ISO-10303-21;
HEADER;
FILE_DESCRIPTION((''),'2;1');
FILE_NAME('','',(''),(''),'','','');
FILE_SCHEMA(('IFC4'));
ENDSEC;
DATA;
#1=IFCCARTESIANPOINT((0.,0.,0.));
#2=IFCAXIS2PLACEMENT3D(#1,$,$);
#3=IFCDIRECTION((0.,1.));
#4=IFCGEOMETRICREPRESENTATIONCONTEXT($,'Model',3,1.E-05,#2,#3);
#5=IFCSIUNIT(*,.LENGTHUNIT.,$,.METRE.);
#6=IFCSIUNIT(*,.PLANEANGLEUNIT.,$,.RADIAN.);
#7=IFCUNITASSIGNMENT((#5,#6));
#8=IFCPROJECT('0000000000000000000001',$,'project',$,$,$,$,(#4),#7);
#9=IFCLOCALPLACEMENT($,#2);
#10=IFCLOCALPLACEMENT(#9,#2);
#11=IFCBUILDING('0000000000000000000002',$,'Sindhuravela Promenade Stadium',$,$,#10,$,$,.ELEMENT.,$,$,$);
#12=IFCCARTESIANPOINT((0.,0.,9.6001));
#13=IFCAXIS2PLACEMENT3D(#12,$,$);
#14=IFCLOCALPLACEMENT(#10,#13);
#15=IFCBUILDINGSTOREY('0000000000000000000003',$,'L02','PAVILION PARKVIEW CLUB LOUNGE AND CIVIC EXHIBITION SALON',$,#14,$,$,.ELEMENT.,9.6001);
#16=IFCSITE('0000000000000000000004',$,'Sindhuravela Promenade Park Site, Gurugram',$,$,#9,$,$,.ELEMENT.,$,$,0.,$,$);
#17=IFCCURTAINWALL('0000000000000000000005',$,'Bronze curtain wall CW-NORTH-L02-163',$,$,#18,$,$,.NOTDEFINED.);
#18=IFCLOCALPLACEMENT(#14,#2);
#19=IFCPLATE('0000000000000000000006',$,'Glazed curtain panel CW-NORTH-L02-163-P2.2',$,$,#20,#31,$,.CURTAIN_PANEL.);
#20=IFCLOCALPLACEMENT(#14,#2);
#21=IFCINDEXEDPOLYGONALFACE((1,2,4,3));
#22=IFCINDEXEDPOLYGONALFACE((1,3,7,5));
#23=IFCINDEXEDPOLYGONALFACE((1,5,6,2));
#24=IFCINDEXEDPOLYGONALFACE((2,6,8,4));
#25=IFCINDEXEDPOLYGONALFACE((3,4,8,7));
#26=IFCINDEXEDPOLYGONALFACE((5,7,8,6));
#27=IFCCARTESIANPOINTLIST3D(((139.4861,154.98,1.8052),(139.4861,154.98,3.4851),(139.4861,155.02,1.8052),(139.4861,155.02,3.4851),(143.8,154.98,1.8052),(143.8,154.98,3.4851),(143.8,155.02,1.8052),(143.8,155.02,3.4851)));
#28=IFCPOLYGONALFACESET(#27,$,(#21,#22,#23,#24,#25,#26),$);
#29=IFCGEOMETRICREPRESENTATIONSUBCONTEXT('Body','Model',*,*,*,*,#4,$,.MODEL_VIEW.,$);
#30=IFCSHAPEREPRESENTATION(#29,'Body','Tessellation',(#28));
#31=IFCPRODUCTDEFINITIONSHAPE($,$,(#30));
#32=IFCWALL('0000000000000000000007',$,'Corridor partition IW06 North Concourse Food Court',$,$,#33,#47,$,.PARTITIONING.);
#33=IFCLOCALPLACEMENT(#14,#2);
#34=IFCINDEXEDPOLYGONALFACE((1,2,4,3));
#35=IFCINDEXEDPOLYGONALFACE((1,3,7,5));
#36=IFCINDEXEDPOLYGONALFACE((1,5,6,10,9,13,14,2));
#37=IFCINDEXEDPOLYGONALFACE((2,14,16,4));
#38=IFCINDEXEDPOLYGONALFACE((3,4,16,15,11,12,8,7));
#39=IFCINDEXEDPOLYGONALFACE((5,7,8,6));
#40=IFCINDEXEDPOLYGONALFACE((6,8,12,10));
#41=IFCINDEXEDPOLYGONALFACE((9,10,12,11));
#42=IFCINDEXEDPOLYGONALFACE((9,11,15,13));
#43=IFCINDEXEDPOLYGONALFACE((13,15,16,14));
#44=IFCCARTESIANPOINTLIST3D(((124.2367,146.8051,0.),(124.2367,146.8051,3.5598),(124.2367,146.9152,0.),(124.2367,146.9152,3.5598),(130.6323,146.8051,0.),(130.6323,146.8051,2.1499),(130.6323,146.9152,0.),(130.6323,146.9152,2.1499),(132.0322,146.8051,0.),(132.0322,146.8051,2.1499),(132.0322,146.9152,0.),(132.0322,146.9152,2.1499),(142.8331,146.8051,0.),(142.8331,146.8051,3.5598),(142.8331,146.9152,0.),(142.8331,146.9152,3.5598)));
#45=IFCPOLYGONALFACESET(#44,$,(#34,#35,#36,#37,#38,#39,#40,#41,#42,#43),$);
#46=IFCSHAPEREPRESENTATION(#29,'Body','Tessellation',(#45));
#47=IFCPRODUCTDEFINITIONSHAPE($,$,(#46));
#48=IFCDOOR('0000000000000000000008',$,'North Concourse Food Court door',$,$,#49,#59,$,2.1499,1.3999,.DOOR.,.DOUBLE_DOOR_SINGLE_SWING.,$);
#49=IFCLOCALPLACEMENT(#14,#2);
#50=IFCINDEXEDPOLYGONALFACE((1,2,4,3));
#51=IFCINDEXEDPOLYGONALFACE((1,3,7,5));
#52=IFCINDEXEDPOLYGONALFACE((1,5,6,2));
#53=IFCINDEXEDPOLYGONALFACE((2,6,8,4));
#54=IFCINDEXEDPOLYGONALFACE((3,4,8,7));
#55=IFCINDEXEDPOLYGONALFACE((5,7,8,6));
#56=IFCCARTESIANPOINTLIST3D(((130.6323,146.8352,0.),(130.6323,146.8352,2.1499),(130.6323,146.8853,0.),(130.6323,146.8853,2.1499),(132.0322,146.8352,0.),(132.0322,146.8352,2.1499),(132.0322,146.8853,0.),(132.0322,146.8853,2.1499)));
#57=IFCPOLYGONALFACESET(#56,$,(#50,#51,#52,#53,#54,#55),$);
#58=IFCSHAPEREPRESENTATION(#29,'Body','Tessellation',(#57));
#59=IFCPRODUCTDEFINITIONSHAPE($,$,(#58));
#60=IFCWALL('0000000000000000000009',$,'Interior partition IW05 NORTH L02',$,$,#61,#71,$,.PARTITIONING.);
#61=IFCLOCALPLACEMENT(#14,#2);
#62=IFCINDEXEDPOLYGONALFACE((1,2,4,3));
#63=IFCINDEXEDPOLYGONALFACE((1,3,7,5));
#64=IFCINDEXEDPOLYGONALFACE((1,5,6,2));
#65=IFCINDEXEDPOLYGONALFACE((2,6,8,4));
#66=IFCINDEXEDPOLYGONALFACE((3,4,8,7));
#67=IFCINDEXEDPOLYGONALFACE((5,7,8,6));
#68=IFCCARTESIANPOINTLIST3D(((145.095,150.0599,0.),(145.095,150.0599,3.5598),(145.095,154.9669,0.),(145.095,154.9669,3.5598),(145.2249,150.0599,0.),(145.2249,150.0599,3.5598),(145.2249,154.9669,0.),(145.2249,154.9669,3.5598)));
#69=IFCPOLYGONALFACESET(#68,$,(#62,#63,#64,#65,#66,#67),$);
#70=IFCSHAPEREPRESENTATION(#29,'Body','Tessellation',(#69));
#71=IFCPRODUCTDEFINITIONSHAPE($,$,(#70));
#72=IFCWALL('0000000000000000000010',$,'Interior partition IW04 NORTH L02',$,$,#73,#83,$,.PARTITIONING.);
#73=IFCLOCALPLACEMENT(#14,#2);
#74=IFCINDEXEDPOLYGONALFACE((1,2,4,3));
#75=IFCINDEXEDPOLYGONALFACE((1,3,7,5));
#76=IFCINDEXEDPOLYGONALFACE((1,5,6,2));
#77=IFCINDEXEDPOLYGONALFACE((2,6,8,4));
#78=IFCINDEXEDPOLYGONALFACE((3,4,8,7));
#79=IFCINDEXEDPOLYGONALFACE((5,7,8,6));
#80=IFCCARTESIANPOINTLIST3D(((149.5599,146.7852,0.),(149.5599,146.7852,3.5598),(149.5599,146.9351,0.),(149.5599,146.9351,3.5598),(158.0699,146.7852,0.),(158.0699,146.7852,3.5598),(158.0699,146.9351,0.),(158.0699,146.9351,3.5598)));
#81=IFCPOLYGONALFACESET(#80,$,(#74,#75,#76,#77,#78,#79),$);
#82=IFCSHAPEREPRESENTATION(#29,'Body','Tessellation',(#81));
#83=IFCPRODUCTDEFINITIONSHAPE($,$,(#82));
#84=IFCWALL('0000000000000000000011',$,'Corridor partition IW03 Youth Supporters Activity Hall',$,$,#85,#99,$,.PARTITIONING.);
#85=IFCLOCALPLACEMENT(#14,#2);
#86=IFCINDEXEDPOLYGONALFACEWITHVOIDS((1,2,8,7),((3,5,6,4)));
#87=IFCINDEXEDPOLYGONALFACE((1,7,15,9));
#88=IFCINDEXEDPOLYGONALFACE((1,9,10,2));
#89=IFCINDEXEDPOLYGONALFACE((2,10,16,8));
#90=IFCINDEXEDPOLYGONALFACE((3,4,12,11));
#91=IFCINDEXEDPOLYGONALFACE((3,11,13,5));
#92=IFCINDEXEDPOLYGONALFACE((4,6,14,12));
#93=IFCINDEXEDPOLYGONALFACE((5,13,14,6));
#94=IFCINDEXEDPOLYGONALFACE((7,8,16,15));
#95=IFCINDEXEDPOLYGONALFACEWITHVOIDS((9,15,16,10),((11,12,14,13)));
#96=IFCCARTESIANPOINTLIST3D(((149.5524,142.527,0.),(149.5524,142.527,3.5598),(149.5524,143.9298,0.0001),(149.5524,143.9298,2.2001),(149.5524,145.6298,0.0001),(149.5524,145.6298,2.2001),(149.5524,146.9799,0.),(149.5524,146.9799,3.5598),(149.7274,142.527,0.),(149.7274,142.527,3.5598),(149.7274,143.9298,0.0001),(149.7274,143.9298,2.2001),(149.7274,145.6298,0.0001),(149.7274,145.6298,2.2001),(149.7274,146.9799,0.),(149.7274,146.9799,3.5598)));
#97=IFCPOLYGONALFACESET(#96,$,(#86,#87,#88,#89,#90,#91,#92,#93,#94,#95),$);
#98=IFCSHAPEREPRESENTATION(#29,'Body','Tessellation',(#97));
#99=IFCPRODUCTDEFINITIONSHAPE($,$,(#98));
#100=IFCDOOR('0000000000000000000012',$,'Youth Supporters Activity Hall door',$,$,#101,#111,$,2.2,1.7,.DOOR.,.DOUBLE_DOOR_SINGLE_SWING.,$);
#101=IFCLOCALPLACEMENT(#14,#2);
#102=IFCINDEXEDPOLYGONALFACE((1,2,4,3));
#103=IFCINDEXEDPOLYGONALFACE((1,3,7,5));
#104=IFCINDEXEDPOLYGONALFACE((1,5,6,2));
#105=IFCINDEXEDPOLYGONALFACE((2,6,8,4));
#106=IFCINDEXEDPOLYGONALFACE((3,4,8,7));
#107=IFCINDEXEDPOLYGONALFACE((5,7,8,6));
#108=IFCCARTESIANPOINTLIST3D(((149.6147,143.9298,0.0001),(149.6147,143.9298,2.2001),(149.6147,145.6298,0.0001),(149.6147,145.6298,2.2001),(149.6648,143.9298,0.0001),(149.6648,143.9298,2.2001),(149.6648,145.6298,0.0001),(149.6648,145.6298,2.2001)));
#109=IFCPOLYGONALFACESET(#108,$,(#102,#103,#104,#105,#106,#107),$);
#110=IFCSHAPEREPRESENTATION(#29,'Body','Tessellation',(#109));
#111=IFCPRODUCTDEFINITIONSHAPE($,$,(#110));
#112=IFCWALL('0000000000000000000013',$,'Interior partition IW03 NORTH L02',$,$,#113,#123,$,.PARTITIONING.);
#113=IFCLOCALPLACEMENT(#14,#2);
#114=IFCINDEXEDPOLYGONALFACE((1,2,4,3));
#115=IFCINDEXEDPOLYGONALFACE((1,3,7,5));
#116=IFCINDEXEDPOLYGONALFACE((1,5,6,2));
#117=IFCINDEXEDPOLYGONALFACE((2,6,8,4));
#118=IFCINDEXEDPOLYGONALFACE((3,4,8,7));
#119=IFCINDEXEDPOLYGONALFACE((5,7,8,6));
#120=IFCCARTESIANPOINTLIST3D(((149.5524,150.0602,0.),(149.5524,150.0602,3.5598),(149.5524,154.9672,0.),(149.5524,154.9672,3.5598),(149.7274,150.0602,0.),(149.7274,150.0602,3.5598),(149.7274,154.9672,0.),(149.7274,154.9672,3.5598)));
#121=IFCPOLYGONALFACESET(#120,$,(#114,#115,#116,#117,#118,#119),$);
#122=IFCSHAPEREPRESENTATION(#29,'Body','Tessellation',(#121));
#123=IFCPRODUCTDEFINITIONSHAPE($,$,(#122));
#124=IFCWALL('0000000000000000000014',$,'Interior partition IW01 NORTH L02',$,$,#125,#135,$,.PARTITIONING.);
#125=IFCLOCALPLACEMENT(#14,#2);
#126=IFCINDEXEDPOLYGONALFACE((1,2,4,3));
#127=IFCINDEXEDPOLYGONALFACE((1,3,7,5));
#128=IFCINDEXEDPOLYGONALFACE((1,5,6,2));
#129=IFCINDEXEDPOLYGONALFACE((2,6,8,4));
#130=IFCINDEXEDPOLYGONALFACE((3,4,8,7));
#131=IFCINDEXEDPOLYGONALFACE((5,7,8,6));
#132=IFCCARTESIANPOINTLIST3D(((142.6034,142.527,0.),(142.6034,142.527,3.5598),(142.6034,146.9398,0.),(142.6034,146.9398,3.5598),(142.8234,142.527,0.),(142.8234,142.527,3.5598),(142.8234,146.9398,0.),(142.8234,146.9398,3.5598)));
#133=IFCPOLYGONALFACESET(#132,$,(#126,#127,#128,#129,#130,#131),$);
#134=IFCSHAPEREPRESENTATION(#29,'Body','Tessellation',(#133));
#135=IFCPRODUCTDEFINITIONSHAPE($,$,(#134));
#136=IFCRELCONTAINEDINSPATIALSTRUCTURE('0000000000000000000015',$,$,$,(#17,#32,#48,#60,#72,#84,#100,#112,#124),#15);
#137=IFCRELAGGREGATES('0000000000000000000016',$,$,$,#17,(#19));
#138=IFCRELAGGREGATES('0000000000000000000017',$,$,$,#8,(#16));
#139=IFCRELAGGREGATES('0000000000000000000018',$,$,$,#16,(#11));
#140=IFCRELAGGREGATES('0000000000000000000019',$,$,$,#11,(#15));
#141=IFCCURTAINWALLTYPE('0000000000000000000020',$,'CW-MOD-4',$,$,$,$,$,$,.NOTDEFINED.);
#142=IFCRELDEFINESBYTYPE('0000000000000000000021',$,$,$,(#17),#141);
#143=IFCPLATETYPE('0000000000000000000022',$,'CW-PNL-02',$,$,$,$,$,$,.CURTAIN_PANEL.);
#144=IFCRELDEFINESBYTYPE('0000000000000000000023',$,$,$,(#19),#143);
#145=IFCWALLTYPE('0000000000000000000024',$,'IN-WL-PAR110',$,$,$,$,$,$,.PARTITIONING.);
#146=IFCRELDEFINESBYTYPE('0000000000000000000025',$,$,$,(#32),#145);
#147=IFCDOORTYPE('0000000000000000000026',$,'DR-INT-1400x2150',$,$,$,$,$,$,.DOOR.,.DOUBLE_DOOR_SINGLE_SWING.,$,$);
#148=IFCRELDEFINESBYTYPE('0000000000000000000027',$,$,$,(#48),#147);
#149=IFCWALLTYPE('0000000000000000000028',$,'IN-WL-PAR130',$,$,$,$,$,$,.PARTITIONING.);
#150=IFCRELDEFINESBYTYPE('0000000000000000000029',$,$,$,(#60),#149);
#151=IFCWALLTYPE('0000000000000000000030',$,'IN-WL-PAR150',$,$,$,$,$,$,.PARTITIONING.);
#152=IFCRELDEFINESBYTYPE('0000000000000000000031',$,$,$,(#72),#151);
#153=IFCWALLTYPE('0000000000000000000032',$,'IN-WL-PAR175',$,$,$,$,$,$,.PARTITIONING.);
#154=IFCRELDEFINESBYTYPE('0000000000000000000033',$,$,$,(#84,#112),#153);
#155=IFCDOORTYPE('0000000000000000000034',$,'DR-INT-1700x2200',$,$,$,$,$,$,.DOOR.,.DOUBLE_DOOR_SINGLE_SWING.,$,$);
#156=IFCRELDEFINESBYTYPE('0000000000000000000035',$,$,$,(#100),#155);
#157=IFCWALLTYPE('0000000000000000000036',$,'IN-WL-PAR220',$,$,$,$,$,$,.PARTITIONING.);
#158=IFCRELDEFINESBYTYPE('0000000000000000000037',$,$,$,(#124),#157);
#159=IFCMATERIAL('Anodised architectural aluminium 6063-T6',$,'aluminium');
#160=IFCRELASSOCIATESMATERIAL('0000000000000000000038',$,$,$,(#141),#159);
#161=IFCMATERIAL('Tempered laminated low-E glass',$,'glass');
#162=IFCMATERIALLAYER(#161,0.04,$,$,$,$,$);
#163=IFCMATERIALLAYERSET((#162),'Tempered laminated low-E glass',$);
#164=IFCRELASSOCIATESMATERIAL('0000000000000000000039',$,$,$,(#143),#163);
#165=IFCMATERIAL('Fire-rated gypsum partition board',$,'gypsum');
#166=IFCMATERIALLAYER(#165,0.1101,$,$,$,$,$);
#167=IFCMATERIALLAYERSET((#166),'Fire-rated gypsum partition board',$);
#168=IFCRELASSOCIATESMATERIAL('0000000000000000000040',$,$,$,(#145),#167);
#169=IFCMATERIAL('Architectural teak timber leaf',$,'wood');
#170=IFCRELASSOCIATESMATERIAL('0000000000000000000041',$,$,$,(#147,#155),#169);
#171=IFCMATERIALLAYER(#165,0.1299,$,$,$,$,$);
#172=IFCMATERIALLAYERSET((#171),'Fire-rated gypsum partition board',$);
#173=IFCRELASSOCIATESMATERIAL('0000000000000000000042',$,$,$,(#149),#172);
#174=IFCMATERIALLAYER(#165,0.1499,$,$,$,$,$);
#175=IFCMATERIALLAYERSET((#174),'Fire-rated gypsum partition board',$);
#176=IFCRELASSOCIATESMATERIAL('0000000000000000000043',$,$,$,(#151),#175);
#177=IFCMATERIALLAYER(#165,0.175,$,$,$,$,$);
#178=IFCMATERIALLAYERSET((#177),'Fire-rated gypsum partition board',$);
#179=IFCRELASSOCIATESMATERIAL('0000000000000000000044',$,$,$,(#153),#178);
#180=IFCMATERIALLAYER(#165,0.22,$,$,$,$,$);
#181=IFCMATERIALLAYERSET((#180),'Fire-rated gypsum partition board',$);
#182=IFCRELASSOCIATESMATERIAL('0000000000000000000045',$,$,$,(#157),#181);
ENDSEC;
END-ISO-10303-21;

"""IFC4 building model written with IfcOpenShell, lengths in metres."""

from ifc_helpers import new_model, si_unit, direction, frame, frame_2d, origin, origin_2d, place, context, subcontext, project, spatial, rectangle, extrude, material, layer, layer_set, type_object, element, fill, aggregate, save


model = new_model("IFC4")

# Units and contexts
model_context = context("Model", 3, precision=1e-05, world=origin(), true_north=direction((0.0, 1.0)))
body_context = subcontext(model_context, "Body", "Model", "MODEL_VIEW")
ifc_project = project(units=[si_unit("LENGTHUNIT", "METRE"), si_unit("PLANEANGLEUNIT", "RADIAN")], contexts=[model_context])

# Site, building, storey
site_placement = place(None, origin())
site = spatial("IfcSite", under=ifc_project, at=site_placement, Name="Sindhuravela Promenade Park Site, Gurugram", CompositionType="ELEMENT", RefElevation=0.0)
building_placement = place(site_placement, origin())
building = spatial("IfcBuilding", under=site, at=building_placement, Name="Sindhuravela Promenade Stadium", CompositionType="ELEMENT")
storey_placement = place(building_placement, frame((0.0, 0.0, 9.6001)))
storey = spatial("IfcBuildingStorey", under=building, at=storey_placement, Name="L02", Description="PAVILION PARKVIEW CLUB LOUNGE AND CIVIC EXHIBITION SALON", CompositionType="ELEMENT", Elevation=9.6001)

# Curtain wall
ifc_material_1 = material(Name="Anodised architectural aluminium 6063-T6", Category="aluminium")
curtain_wall_type_1 = type_object("IfcCurtainWallType", Name="CW-MOD-4", PredefinedType="NOTDEFINED", material=ifc_material_1)
curtain_wall_1_placement = place(storey_placement, origin())
curtain_wall_1 = element("IfcCurtainWall", 1, at=curtain_wall_1_placement, inside=storey, type_object=curtain_wall_type_1, Name="Bronze curtain wall CW-NORTH-L02-163", PredefinedType="NOTDEFINED")

# Plate
ifc_material_2 = material(Name="Tempered laminated low-E glass", Category="glass")
ifc_layer_1 = layer(ifc_material_2, 0.04)
ifc_layer_set_1 = layer_set([ifc_layer_1], Name="Tempered laminated low-E glass")
plate_type_1 = type_object("IfcPlateType", Name="CW-PNL-02", PredefinedType="CURTAIN_PANEL", material=ifc_layer_set_1)
plate_1_placement = place(storey_placement, frame((141.6431, 155.0, 1.8052), z_axis=(0.0, 0.0, 1.0), x_axis=(1.0, 0.0, 0.0)))
plate_1 = element("IfcPlate", 2, at=plate_1_placement, type_object=plate_type_1, Name="Glazed curtain panel CW-NORTH-L02-163-P2.2", PredefinedType="CURTAIN_PANEL", context=body_context, shape_type="SweptSolid", body=[
    extrude(rectangle(XDim=4.314, YDim=0.04, at=origin_2d()), origin(), (0.0, 0.0, 1.0), 1.6799),
])
aggregate(curtain_wall_1, [plate_1])

# Wall, opening, door
ifc_material_3 = material(Name="Fire-rated gypsum partition board", Category="gypsum")
ifc_layer_2 = layer(ifc_material_3, 0.1101)
ifc_layer_set_2 = layer_set([ifc_layer_2], Name="Fire-rated gypsum partition board")
wall_type_1 = type_object("IfcWallType", Name="IN-WL-PAR110", PredefinedType="PARTITIONING", material=ifc_layer_set_2)
wall_1_placement = place(storey_placement, frame((142.8333, 146.8601, 0.0), z_axis=(0.0, 0.0, 1.0), x_axis=(-1.0, 0.0, 0.0)))
wall_1 = element("IfcWall", 3, at=wall_1_placement, inside=storey, type_object=wall_type_1, Name="Corridor partition IW06 North Concourse Food Court", PredefinedType="PARTITIONING", context=body_context, shape_type="SweptSolid", body=[
    extrude(rectangle(XDim=18.5964, YDim=0.1101, at=frame_2d((9.2983, 0.0))), origin(), (0.0, 0.0, 1.0), 3.5598),
])
opening_1_placement = place(wall_1_placement, frame((10.801, 0.0, 0.0)))
opening_1 = element("IfcOpeningElement", 4, at=opening_1_placement, cuts=wall_1, PredefinedType="OPENING", context=body_context, shape_type="SweptSolid", body=[
    extrude(rectangle(XDim=1.3999, YDim=2.1499, at=frame_2d((0.7, 1.075))), frame((0.0, 0.0649, 0.0), z_axis=(0.0, -1.0, 0.0), x_axis=(1.0, 0.0, 0.0)), (0.0, 0.0, 1.0), 0.1301),
])
ifc_material_4 = material(Name="Architectural teak timber leaf", Category="wood")
door_type_1 = type_object("IfcDoorType", Name="DR-INT-1400x2150", OperationType="DOUBLE_DOOR_SINGLE_SWING", PredefinedType="DOOR", material=ifc_material_4)
door_1_placement = place(opening_1_placement, origin())
door_1 = element("IfcDoor", 5, at=door_1_placement, inside=storey, type_object=door_type_1, Name="North Concourse Food Court door", OperationType="DOUBLE_DOOR_SINGLE_SWING", OverallHeight=2.1499, OverallWidth=1.3999, PredefinedType="DOOR", context=body_context, shape_type="SweptSolid", body=[
    extrude(rectangle(XDim=1.3999, YDim=2.1499, at=frame_2d((0.7, 1.075))), frame((0.0, 0.0249, 0.0), z_axis=(0.0, -1.0, 0.0), x_axis=(1.0, 0.0, 0.0)), (0.0, 0.0, 1.0), 0.05),
])
fill(opening_1, door_1)

# Walls
ifc_layer_3 = layer(ifc_material_3, 0.1299)
ifc_layer_set_3 = layer_set([ifc_layer_3], Name="Fire-rated gypsum partition board")
wall_type_2 = type_object("IfcWallType", Name="IN-WL-PAR130", PredefinedType="PARTITIONING", material=ifc_layer_set_3)
wall_2_placement = place(storey_placement, frame((145.1599, 154.967, 0.0), z_axis=(0.0, 0.0, 1.0), x_axis=(0.0, -1.0, 0.0)))
element("IfcWall", 6, at=wall_2_placement, inside=storey, type_object=wall_type_2, Name="Interior partition IW05 NORTH L02", PredefinedType="PARTITIONING", context=body_context, shape_type="SweptSolid", body=[
    extrude(rectangle(XDim=4.907, YDim=0.1299, at=frame_2d((2.4536, 0.0))), origin(), (0.0, 0.0, 1.0), 3.5598),
])
ifc_layer_4 = layer(ifc_material_3, 0.1499)
ifc_layer_set_4 = layer_set([ifc_layer_4], Name="Fire-rated gypsum partition board")
wall_type_3 = type_object("IfcWallType", Name="IN-WL-PAR150", PredefinedType="PARTITIONING", material=ifc_layer_set_4)
wall_3_placement = place(storey_placement, frame((149.5601, 146.8601, 0.0), z_axis=(0.0, 0.0, 1.0), x_axis=(1.0, 0.0, 0.0)))
element("IfcWall", 7, at=wall_3_placement, inside=storey, type_object=wall_type_3, Name="Interior partition IW04 NORTH L02", PredefinedType="PARTITIONING", context=body_context, shape_type="SweptSolid", body=[
    extrude(rectangle(XDim=8.51, YDim=0.1499, at=frame_2d((4.2549, 0.0))), origin(), (0.0, 0.0, 1.0), 3.5598),
])

# Wall, opening, door
ifc_layer_5 = layer(ifc_material_3, 0.175)
ifc_layer_set_5 = layer_set([ifc_layer_5], Name="Fire-rated gypsum partition board")
wall_type_4 = type_object("IfcWallType", Name="IN-WL-PAR175", PredefinedType="PARTITIONING", material=ifc_layer_set_5)
wall_4_placement = place(storey_placement, frame((149.6399, 146.98, 0.0), z_axis=(0.0, 0.0, 1.0), x_axis=(0.0, -1.0, 0.0)))
wall_4 = element("IfcWall", 8, at=wall_4_placement, inside=storey, type_object=wall_type_4, Name="Corridor partition IW03 Youth Supporters Activity Hall", PredefinedType="PARTITIONING", context=body_context, shape_type="SweptSolid", body=[
    extrude(rectangle(XDim=4.4529, YDim=0.175, at=frame_2d((2.2266, 0.0))), origin(), (0.0, 0.0, 1.0), 3.5598),
])
opening_2_placement = place(wall_4_placement, frame((1.3501, 0.0, 0.0)))
opening_2 = element("IfcOpeningElement", 9, at=opening_2_placement, cuts=wall_4, PredefinedType="OPENING", context=body_context, shape_type="SweptSolid", body=[
    extrude(rectangle(XDim=1.7, YDim=2.2, at=frame_2d((0.8501, 1.1001))), frame((0.0, 0.0974, 0.0), z_axis=(0.0, -1.0, 0.0), x_axis=(1.0, 0.0, 0.0)), (0.0, 0.0, 1.0), 0.1951),
])
door_type_2 = type_object("IfcDoorType", Name="DR-INT-1700x2200", OperationType="DOUBLE_DOOR_SINGLE_SWING", PredefinedType="DOOR", material=ifc_material_4)
door_2_placement = place(opening_2_placement, origin())
door_2 = element("IfcDoor", 10, at=door_2_placement, inside=storey, type_object=door_type_2, Name="Youth Supporters Activity Hall door", OperationType="DOUBLE_DOOR_SINGLE_SWING", OverallHeight=2.2, OverallWidth=1.7, PredefinedType="DOOR", context=body_context, shape_type="SweptSolid", body=[
    extrude(rectangle(XDim=1.7, YDim=2.2, at=frame_2d((0.8501, 1.1001))), frame((0.0, 0.0249, 0.0), z_axis=(0.0, -1.0, 0.0), x_axis=(1.0, 0.0, 0.0)), (0.0, 0.0, 1.0), 0.05),
])
fill(opening_2, door_2)

# Walls
wall_5_placement = place(storey_placement, frame((149.6399, 150.0601, 0.0), z_axis=(0.0, 0.0, 1.0), x_axis=(0.0, 1.0, 0.0)))
element("IfcWall", 11, at=wall_5_placement, inside=storey, type_object=wall_type_4, Name="Interior partition IW03 NORTH L02", PredefinedType="PARTITIONING", context=body_context, shape_type="SweptSolid", body=[
    extrude(rectangle(XDim=4.907, YDim=0.175, at=frame_2d((2.4536, 0.0))), origin(), (0.0, 0.0, 1.0), 3.5598),
])
ifc_layer_6 = layer(ifc_material_3, 0.22)
ifc_layer_set_6 = layer_set([ifc_layer_6], Name="Fire-rated gypsum partition board")
wall_type_5 = type_object("IfcWallType", Name="IN-WL-PAR220", PredefinedType="PARTITIONING", material=ifc_layer_set_6)
wall_6_placement = place(storey_placement, frame((142.7134, 146.9399, 0.0), z_axis=(0.0, 0.0, 1.0), x_axis=(0.0, -1.0, 0.0)))
element("IfcWall", 12, at=wall_6_placement, inside=storey, type_object=wall_type_5, Name="Interior partition IW01 NORTH L02", PredefinedType="PARTITIONING", context=body_context, shape_type="SweptSolid", body=[
    extrude(rectangle(XDim=4.4128, YDim=0.22, at=frame_2d((2.2065, 0.0))), origin(), (0.0, 0.0, 1.0), 3.5598),
])

save(model, "model.ifc")
